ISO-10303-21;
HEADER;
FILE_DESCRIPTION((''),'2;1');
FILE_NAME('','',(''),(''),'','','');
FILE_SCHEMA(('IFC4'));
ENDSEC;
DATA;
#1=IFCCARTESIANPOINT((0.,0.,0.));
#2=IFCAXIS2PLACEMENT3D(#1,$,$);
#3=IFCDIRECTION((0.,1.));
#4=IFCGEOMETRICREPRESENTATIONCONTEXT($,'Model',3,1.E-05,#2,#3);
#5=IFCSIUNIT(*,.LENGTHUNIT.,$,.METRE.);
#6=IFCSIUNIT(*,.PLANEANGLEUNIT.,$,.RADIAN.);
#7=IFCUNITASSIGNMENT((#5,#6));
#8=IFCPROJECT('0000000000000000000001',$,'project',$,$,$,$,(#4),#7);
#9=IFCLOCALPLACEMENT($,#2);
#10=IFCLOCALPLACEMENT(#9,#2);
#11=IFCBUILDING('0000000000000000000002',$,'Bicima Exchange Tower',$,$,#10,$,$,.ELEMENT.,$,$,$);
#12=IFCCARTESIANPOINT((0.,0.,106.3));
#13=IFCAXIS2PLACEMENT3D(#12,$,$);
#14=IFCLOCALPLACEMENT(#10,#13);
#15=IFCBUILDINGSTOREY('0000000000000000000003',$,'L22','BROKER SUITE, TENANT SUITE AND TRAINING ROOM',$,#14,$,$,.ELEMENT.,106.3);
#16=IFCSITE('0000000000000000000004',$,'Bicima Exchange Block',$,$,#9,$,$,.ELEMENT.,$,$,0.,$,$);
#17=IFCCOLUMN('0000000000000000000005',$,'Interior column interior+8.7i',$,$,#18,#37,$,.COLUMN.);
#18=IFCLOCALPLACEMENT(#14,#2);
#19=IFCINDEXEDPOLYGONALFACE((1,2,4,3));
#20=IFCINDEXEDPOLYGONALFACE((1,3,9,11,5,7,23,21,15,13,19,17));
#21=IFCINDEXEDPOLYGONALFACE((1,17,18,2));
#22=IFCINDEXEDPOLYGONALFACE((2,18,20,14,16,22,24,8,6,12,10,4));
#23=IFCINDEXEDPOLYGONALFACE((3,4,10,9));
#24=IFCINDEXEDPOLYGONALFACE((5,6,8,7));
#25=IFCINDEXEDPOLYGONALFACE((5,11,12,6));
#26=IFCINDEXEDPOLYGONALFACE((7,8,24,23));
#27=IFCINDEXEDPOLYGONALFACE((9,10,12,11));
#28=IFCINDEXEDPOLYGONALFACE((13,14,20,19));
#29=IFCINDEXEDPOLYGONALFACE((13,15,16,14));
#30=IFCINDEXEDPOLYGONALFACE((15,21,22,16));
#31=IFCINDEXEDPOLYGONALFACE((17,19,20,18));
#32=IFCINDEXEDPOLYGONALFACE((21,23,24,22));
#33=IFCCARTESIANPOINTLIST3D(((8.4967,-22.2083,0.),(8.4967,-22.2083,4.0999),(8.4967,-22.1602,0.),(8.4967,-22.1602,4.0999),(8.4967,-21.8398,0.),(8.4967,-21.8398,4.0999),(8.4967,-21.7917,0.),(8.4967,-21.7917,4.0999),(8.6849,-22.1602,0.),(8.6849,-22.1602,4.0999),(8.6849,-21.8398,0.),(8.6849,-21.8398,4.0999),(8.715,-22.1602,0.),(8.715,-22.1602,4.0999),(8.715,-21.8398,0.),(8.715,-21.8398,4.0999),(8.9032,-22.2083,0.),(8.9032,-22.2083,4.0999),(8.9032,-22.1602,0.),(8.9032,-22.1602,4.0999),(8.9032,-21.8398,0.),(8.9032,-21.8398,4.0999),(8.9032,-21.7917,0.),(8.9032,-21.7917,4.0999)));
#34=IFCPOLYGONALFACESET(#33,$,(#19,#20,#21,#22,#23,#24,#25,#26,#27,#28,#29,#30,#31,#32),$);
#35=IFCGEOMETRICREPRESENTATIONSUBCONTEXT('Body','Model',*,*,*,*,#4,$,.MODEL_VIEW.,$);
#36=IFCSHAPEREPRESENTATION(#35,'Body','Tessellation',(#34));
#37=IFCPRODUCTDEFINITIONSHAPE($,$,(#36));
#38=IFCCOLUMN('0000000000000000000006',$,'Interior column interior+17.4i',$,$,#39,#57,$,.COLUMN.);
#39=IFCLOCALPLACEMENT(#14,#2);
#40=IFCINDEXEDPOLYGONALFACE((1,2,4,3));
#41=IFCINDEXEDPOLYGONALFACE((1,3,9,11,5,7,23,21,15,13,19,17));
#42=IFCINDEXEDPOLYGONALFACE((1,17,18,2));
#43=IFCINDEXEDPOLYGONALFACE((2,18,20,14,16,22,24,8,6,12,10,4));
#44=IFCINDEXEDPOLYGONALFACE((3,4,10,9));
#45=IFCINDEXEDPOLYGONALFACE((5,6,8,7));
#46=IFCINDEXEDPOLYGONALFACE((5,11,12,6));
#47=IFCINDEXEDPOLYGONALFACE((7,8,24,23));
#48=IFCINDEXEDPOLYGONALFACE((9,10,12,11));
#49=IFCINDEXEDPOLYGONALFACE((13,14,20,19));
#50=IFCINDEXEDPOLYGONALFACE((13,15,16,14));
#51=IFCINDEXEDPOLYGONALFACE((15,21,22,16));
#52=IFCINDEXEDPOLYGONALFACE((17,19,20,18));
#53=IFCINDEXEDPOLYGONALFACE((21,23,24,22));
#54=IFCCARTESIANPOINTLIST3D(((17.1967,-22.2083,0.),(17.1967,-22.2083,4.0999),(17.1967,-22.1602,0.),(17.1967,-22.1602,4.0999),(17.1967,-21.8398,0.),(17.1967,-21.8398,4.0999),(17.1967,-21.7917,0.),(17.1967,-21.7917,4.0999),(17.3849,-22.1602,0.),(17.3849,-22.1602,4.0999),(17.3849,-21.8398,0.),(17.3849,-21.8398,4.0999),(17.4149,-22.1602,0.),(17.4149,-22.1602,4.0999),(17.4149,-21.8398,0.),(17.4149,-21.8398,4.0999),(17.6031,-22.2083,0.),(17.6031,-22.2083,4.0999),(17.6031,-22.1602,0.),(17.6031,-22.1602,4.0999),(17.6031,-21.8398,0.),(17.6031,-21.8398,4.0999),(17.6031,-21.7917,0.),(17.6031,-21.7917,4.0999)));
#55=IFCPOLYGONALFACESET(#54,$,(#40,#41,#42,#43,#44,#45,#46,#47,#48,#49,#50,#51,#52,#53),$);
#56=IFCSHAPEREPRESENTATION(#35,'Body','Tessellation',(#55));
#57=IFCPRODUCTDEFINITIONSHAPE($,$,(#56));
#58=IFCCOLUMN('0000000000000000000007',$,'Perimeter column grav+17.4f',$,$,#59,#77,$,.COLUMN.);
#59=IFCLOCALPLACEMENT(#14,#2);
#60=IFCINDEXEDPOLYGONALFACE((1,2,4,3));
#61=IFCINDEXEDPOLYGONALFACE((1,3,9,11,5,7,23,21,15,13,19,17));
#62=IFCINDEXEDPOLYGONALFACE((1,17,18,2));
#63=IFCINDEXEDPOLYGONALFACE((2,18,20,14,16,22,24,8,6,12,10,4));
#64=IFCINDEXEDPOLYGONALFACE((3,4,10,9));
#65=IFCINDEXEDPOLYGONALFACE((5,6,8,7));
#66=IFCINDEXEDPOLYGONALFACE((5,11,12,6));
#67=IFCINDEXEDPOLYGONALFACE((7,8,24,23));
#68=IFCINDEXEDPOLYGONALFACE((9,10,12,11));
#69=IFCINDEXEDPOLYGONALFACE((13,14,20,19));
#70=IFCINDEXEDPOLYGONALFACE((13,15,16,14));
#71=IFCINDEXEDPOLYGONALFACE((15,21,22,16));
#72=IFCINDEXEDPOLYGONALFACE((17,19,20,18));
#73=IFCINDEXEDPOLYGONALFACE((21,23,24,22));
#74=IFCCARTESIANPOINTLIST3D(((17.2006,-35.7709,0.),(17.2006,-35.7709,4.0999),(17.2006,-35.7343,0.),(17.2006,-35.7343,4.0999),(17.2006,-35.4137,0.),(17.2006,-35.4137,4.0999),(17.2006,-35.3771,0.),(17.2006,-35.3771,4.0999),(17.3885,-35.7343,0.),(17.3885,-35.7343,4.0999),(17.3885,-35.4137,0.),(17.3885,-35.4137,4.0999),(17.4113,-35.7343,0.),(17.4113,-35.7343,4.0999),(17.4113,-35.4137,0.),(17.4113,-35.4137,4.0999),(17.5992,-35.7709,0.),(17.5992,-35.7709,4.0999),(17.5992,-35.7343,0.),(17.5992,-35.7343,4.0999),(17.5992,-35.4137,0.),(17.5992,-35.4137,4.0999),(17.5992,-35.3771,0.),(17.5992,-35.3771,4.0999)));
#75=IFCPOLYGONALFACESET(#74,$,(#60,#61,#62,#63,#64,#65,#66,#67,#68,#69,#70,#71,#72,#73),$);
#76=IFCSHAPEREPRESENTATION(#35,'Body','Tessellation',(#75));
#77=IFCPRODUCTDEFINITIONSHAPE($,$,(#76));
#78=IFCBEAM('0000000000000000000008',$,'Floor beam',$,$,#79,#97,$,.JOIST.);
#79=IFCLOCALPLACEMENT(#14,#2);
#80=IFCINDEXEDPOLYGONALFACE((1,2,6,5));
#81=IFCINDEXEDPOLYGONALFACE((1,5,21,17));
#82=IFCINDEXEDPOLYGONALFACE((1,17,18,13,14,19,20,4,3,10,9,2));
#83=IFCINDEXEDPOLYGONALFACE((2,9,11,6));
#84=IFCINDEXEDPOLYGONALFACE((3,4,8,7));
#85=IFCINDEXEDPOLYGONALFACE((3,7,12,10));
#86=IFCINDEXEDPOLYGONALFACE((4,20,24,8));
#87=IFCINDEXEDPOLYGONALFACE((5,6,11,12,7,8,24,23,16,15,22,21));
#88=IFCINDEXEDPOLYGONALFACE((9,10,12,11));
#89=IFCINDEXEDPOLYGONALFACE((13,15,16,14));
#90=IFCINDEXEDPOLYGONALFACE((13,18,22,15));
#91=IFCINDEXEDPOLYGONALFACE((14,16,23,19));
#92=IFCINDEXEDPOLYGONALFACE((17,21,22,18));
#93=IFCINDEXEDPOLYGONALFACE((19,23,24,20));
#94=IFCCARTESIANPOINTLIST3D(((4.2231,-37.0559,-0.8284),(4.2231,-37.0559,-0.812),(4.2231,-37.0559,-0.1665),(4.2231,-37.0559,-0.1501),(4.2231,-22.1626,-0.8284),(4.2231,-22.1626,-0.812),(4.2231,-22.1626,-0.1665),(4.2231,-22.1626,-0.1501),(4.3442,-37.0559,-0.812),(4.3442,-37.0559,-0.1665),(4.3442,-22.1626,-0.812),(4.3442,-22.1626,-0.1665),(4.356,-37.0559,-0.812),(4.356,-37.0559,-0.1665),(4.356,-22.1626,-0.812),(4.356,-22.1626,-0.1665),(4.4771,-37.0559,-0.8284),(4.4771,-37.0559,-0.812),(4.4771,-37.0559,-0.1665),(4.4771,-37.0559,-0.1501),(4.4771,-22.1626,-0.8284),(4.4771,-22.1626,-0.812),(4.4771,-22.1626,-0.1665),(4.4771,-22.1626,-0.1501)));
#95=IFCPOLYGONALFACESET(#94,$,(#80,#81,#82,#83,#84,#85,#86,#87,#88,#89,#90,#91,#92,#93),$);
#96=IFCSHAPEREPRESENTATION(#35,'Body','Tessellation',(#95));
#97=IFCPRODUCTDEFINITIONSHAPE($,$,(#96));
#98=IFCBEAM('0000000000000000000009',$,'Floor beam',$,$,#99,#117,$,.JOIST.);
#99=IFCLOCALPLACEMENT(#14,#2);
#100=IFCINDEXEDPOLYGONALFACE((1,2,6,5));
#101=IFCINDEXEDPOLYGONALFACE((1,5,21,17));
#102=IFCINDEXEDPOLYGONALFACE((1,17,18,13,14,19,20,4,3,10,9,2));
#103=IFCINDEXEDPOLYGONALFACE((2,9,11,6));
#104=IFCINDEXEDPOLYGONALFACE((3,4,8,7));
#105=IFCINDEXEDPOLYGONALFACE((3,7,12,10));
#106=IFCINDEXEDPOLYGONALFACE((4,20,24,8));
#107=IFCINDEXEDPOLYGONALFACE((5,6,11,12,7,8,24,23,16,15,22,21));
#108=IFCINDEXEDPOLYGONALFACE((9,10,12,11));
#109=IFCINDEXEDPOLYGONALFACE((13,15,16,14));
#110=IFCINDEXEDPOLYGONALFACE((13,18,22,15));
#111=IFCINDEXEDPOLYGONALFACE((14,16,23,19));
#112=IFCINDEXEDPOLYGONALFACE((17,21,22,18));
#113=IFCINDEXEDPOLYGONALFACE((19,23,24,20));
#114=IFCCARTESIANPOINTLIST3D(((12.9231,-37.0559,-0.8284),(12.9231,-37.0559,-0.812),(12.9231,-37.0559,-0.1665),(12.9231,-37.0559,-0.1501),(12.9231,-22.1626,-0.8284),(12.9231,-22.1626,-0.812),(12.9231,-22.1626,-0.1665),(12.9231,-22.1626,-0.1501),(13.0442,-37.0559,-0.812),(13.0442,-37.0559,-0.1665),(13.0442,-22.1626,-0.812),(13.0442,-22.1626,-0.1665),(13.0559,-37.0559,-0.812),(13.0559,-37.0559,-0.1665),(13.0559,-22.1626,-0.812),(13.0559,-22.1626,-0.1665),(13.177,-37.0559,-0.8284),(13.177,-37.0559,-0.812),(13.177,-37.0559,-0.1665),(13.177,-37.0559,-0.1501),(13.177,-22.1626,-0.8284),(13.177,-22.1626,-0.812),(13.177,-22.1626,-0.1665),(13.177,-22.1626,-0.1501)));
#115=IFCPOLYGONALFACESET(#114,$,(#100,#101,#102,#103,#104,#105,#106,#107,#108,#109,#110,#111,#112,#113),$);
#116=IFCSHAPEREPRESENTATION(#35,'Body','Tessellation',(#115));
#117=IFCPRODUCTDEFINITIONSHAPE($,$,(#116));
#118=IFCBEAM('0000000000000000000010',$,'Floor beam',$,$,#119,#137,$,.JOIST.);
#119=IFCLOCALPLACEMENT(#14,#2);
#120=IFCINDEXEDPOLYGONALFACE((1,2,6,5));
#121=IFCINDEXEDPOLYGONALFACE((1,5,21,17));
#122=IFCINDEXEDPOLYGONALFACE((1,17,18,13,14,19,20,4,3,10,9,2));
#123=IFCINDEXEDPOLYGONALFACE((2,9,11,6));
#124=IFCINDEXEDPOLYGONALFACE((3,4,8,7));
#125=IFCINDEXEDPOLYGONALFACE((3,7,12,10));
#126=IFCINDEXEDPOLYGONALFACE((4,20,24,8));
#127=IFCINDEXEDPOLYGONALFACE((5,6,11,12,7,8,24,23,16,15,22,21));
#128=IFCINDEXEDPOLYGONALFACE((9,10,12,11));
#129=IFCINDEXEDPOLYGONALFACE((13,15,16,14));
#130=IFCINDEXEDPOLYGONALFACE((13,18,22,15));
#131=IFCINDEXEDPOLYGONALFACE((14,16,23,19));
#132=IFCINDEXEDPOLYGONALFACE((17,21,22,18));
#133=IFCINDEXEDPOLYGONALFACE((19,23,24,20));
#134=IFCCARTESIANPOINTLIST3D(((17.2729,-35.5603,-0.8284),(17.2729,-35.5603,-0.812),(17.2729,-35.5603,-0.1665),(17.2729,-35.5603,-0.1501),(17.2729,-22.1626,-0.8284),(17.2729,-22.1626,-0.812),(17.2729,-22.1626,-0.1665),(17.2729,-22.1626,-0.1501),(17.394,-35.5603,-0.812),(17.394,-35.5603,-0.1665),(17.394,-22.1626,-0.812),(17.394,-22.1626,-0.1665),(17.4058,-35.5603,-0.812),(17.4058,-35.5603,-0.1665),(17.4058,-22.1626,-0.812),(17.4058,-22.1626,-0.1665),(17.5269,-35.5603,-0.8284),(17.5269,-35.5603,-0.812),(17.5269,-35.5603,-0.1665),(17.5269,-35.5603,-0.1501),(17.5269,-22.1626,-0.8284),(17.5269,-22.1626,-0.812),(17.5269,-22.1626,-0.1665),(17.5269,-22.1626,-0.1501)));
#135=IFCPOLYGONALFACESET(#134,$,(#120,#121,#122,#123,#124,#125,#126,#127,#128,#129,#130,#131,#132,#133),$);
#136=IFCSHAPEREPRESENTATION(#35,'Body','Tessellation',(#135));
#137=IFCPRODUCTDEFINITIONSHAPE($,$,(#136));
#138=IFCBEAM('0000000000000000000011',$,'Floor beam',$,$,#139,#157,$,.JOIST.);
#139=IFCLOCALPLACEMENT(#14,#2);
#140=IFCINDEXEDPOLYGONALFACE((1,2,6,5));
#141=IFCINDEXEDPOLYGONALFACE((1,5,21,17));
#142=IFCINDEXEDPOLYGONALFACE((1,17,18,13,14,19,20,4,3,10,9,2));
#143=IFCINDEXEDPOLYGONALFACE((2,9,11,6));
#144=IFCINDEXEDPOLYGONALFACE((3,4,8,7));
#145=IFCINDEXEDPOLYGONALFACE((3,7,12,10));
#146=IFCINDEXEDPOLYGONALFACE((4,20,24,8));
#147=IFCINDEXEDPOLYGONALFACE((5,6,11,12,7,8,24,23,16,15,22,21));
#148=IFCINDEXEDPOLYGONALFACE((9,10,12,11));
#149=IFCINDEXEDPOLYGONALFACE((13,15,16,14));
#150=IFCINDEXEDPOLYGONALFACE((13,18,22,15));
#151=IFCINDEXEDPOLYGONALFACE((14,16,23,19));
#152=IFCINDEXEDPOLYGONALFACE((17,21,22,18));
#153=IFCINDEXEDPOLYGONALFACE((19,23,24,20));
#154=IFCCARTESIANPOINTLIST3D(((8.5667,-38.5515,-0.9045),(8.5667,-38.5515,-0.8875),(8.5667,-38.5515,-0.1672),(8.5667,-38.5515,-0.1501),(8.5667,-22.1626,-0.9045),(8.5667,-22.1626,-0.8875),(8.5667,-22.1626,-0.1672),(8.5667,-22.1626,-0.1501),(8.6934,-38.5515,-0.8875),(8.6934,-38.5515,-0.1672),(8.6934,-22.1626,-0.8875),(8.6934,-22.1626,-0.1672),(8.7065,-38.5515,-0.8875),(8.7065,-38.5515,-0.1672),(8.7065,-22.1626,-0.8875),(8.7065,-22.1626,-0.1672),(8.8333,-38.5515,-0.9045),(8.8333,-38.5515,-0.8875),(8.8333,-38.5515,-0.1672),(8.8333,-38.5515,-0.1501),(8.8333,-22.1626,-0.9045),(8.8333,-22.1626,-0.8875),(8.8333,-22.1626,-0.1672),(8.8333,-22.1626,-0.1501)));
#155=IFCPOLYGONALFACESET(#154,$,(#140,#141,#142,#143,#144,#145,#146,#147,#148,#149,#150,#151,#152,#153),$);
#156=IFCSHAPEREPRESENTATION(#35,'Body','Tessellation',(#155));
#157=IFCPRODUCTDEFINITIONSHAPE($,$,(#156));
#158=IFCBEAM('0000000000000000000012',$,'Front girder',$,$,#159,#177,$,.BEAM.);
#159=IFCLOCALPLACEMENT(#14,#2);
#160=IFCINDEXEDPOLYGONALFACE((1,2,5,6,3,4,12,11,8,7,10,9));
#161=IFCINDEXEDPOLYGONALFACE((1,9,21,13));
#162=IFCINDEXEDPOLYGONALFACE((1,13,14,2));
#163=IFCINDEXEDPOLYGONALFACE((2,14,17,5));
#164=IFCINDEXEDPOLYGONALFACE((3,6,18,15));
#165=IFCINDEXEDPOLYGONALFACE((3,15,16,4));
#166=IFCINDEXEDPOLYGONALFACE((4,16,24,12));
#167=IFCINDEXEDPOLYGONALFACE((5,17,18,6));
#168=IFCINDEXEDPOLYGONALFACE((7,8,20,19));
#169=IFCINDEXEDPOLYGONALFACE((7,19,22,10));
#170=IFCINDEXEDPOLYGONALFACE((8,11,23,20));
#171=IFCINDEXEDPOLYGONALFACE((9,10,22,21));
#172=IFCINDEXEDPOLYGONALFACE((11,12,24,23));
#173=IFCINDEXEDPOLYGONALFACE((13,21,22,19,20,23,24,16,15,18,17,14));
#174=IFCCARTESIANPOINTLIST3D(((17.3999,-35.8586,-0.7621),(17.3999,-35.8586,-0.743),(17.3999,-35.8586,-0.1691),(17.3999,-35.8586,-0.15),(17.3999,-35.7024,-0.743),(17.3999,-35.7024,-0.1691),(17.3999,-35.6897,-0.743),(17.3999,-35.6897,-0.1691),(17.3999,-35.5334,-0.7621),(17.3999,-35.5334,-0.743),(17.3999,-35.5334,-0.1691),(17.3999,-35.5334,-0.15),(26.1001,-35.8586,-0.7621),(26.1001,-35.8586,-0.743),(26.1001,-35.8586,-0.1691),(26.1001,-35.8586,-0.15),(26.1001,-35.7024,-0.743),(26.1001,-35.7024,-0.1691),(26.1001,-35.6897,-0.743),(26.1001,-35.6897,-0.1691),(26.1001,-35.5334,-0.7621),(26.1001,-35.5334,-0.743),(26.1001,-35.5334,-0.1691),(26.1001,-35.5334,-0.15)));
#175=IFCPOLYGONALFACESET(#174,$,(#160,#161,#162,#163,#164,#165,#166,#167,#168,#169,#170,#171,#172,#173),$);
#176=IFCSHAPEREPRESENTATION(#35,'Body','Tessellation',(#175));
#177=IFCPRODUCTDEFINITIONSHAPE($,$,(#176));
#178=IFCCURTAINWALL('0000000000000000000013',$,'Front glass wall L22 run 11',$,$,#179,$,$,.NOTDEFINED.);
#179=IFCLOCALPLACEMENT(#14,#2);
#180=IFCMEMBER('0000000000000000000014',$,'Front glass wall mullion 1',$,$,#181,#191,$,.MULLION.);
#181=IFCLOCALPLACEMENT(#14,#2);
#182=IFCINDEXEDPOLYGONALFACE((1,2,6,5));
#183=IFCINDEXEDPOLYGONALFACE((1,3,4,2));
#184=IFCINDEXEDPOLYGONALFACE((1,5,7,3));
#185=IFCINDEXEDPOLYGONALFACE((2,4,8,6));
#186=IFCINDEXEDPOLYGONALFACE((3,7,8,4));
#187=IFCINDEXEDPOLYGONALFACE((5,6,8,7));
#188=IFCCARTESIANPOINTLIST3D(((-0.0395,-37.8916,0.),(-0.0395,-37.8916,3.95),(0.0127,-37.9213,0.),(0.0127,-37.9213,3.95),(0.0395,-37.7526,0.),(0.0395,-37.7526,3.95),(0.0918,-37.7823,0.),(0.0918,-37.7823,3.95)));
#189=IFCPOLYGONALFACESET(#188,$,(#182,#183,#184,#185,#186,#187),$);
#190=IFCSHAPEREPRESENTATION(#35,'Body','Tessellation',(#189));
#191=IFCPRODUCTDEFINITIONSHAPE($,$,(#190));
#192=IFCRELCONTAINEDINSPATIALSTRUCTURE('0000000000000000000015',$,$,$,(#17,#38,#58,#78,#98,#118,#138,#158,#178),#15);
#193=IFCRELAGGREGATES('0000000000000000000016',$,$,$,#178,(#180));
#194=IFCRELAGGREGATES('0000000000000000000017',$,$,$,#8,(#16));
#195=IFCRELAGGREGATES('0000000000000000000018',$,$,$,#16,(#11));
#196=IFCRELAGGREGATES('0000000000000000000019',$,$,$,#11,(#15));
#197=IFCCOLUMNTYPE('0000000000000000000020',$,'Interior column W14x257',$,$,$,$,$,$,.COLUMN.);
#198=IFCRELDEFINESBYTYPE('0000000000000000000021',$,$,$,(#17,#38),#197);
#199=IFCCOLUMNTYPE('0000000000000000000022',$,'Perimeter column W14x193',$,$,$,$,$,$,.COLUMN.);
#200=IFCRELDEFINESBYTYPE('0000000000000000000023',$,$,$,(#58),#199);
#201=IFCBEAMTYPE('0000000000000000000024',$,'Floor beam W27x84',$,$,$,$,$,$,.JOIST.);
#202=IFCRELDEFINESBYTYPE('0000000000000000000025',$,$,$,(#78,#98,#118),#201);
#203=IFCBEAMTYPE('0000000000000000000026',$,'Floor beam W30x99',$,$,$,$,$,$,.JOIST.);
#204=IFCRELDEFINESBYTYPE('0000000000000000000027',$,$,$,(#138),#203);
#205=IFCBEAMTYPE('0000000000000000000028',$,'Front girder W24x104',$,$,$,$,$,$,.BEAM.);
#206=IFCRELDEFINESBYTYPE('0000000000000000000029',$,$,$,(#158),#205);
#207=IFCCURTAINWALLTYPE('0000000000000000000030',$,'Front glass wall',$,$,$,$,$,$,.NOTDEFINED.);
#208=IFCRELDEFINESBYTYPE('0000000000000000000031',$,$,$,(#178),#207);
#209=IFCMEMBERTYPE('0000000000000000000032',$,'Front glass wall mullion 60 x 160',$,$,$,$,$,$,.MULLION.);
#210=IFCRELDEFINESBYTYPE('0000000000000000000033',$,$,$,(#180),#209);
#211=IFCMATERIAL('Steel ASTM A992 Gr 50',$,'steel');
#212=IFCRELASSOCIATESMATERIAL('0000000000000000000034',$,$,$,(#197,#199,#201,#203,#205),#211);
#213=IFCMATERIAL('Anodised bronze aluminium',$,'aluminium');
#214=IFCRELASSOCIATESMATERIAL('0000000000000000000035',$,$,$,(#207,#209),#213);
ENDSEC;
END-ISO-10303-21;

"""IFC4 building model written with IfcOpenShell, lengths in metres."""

from ifc_helpers import new_model, si_unit, direction, frame, origin, origin_2d, place, context, subcontext, project, spatial, rectangle, i_section, extrude, material, material_profile, profile_set, type_object, element, aggregate, save


model = new_model("IFC4")

# Units and contexts
model_context = context("Model", 3, precision=1e-05, world=origin(), true_north=direction((0.0, 1.0)))
body_context = subcontext(model_context, "Body", "Model", "MODEL_VIEW")
ifc_project = project(units=[si_unit("LENGTHUNIT", "METRE"), si_unit("PLANEANGLEUNIT", "RADIAN")], contexts=[model_context])

# Site, building, storey
site_placement = place(None, origin())
site = spatial("IfcSite", under=ifc_project, at=site_placement, Name="Bicima Exchange Block", CompositionType="ELEMENT", RefElevation=0.0)
building_placement = place(site_placement, origin())
building = spatial("IfcBuilding", under=site, at=building_placement, Name="Bicima Exchange Tower", CompositionType="ELEMENT")
storey_placement = place(building_placement, frame((0.0, 0.0, 106.3)))
storey = spatial("IfcBuildingStorey", under=building, at=storey_placement, Name="L22", Description="BROKER SUITE, TENANT SUITE AND TRAINING ROOM", CompositionType="ELEMENT", Elevation=106.3)

# Columns
ifc_material_1 = material(Name="Steel ASTM A992 Gr 50", Category="steel")
ifc_material_profile_1 = material_profile(ifc_material_1, i_section(OverallWidth=0.4065, OverallDepth=0.4165, WebThickness=0.03, FlangeThickness=0.0481, at=origin_2d()))
ifc_profile_set_1 = profile_set([ifc_material_profile_1], Name="Steel ASTM A992 Gr 50")
column_type_1 = type_object("IfcColumnType", Name="Interior column W14x257", PredefinedType="COLUMN", material=ifc_profile_set_1)
for number, where, z_axis, x_axis, name in (
    (1, (8.7, -22.0, 0.0), (0.0, 0.0, 1.0), (1.0, 0.0, 0.0), "Interior column interior+8.7i"),
    (2, (17.3999, -22.0, 0.0), (0.0, 0.0, 1.0), (1.0, 0.0, 0.0), "Interior column interior+17.4i"),
):
    element("IfcColumn", number, at=place(storey_placement, frame(where, z_axis=z_axis, x_axis=x_axis)), inside=storey, type_object=column_type_1, Name=name, PredefinedType="COLUMN", context=body_context, shape_type="SweptSolid", body=[
        extrude(i_section(OverallWidth=0.4065, OverallDepth=0.4165, WebThickness=0.03, FlangeThickness=0.0481, at=origin_2d()), origin(), (0.0, 0.0, 1.0), 4.0999),
    ])
ifc_material_profile_2 = material_profile(ifc_material_1, i_section(OverallWidth=0.3987, OverallDepth=0.3938, WebThickness=0.0227, FlangeThickness=0.0366, at=origin_2d()))
ifc_profile_set_2 = profile_set([ifc_material_profile_2], Name="Steel ASTM A992 Gr 50")
column_type_2 = type_object("IfcColumnType", Name="Perimeter column W14x193", PredefinedType="COLUMN", material=ifc_profile_set_2)
column_placement = place(storey_placement, frame((17.3999, -35.574, 0.0), z_axis=(0.0, 0.0, 1.0), x_axis=(1.0, 0.0, 0.0)))
element("IfcColumn", 3, at=column_placement, inside=storey, type_object=column_type_2, Name="Perimeter column grav+17.4f", PredefinedType="COLUMN", context=body_context, shape_type="SweptSolid", body=[
    extrude(i_section(OverallWidth=0.3987, OverallDepth=0.3938, WebThickness=0.0227, FlangeThickness=0.0366, at=origin_2d()), origin(), (0.0, 0.0, 1.0), 4.0999),
])

# Beams
ifc_material_profile_3 = material_profile(ifc_material_1, i_section(OverallWidth=0.2539, OverallDepth=0.6782, WebThickness=0.0117, FlangeThickness=0.0164, at=origin_2d()))
ifc_profile_set_3 = profile_set([ifc_material_profile_3], Name="Steel ASTM A992 Gr 50")
beam_type_1 = type_object("IfcBeamType", Name="Floor beam W27x84", PredefinedType="JOIST", material=ifc_profile_set_3)
for number, where, z_axis, x_axis, name in (
    (4, (4.3501, -22.1626, -0.4893), (0.0, -1.0, 0.0), (1.0, 0.0, 0.0), "Floor beam"),
    (5, (13.05, -22.1626, -0.4893), (0.0, -1.0, 0.0), (1.0, 0.0, 0.0), "Floor beam"),
):
    element("IfcBeam", number, at=place(storey_placement, frame(where, z_axis=z_axis, x_axis=x_axis)), inside=storey, type_object=beam_type_1, Name=name, PredefinedType="JOIST", context=body_context, shape_type="SweptSolid", body=[
        extrude(i_section(OverallWidth=0.2539, OverallDepth=0.6782, WebThickness=0.0117, FlangeThickness=0.0164, at=origin_2d()), origin(), (0.0, 0.0, 1.0), 14.8933),
    ])
beam_1_placement = place(storey_placement, frame((17.3999, -22.1626, -0.4893), z_axis=(0.0, -1.0, 0.0), x_axis=(1.0, 0.0, 0.0)))
element("IfcBeam", 6, at=beam_1_placement, inside=storey, type_object=beam_type_1, Name="Floor beam", PredefinedType="JOIST", context=body_context, shape_type="SweptSolid", body=[
    extrude(i_section(OverallWidth=0.2539, OverallDepth=0.6782, WebThickness=0.0117, FlangeThickness=0.0164, at=origin_2d()), origin(), (0.0, 0.0, 1.0), 13.3977),
])
ifc_material_profile_4 = material_profile(ifc_material_1, i_section(OverallWidth=0.2666, OverallDepth=0.7544, WebThickness=0.0132, FlangeThickness=0.0171, at=origin_2d()))
ifc_profile_set_4 = profile_set([ifc_material_profile_4], Name="Steel ASTM A992 Gr 50")
beam_type_2 = type_object("IfcBeamType", Name="Floor beam W30x99", PredefinedType="JOIST", material=ifc_profile_set_4)
beam_2_placement = place(storey_placement, frame((8.7, -22.1626, -0.5273), z_axis=(0.0, -1.0, 0.0), x_axis=(1.0, 0.0, 0.0)))
element("IfcBeam", 7, at=beam_2_placement, inside=storey, type_object=beam_type_2, Name="Floor beam", PredefinedType="JOIST", context=body_context, shape_type="SweptSolid", body=[
    extrude(i_section(OverallWidth=0.2666, OverallDepth=0.7544, WebThickness=0.0132, FlangeThickness=0.0171, at=origin_2d()), origin(), (0.0, 0.0, 1.0), 16.3889),
])
ifc_material_profile_5 = material_profile(ifc_material_1, i_section(OverallWidth=0.3252, OverallDepth=0.6121, WebThickness=0.0127, FlangeThickness=0.019, at=origin_2d()))
ifc_profile_set_5 = profile_set([ifc_material_profile_5], Name="Steel ASTM A992 Gr 50")
beam_type_3 = type_object("IfcBeamType", Name="Front girder W24x104", PredefinedType="BEAM", material=ifc_profile_set_5)
beam_3_placement = place(storey_placement, frame((17.3999, -35.696, -0.4561), z_axis=(1.0, 0.0, 0.0), x_axis=(0.0, 1.0, 0.0)))
element("IfcBeam", 8, at=beam_3_placement, inside=storey, type_object=beam_type_3, Name="Front girder", PredefinedType="BEAM", context=body_context, shape_type="SweptSolid", body=[
    extrude(i_section(OverallWidth=0.3252, OverallDepth=0.6121, WebThickness=0.0127, FlangeThickness=0.019, at=origin_2d()), origin(), (0.0, 0.0, 1.0), 8.7002),
])

# Curtain wall, member
ifc_material_2 = material(Name="Anodised bronze aluminium", Category="aluminium")
curtain_wall_type = type_object("IfcCurtainWallType", Name="Front glass wall", PredefinedType="NOTDEFINED", material=ifc_material_2)
curtain_wall_1_placement = place(storey_placement, origin())
curtain_wall_1 = element("IfcCurtainWall", 9, at=curtain_wall_1_placement, inside=storey, type_object=curtain_wall_type, Name="Front glass wall L22 run 11", PredefinedType="NOTDEFINED")
ifc_material_profile_6 = material_profile(ifc_material_2, rectangle(XDim=0.1599, YDim=0.0601, at=origin_2d()))
ifc_profile_set_6 = profile_set([ifc_material_profile_6], Name="Anodised bronze aluminium")
member_type_1 = type_object("IfcMemberType", Name="Front glass wall mullion 60 x 160", PredefinedType="MULLION", material=ifc_profile_set_6)
member_1_placement = place(storey_placement, frame((0.0261, -37.8369, 0.0), z_axis=(0.0, 0.0, 1.0), x_axis=(0.49433, 0.869274, 0.0)))
member_1 = element("IfcMember", 10, at=member_1_placement, type_object=member_type_1, Name="Front glass wall mullion 1", PredefinedType="MULLION", context=body_context, shape_type="SweptSolid", body=[
    extrude(rectangle(XDim=0.1599, YDim=0.0601, at=origin_2d()), origin(), (0.0, 0.0, 1.0), 3.95),
])

aggregate(curtain_wall_1, [member_1])

save(model, "model.ifc")
